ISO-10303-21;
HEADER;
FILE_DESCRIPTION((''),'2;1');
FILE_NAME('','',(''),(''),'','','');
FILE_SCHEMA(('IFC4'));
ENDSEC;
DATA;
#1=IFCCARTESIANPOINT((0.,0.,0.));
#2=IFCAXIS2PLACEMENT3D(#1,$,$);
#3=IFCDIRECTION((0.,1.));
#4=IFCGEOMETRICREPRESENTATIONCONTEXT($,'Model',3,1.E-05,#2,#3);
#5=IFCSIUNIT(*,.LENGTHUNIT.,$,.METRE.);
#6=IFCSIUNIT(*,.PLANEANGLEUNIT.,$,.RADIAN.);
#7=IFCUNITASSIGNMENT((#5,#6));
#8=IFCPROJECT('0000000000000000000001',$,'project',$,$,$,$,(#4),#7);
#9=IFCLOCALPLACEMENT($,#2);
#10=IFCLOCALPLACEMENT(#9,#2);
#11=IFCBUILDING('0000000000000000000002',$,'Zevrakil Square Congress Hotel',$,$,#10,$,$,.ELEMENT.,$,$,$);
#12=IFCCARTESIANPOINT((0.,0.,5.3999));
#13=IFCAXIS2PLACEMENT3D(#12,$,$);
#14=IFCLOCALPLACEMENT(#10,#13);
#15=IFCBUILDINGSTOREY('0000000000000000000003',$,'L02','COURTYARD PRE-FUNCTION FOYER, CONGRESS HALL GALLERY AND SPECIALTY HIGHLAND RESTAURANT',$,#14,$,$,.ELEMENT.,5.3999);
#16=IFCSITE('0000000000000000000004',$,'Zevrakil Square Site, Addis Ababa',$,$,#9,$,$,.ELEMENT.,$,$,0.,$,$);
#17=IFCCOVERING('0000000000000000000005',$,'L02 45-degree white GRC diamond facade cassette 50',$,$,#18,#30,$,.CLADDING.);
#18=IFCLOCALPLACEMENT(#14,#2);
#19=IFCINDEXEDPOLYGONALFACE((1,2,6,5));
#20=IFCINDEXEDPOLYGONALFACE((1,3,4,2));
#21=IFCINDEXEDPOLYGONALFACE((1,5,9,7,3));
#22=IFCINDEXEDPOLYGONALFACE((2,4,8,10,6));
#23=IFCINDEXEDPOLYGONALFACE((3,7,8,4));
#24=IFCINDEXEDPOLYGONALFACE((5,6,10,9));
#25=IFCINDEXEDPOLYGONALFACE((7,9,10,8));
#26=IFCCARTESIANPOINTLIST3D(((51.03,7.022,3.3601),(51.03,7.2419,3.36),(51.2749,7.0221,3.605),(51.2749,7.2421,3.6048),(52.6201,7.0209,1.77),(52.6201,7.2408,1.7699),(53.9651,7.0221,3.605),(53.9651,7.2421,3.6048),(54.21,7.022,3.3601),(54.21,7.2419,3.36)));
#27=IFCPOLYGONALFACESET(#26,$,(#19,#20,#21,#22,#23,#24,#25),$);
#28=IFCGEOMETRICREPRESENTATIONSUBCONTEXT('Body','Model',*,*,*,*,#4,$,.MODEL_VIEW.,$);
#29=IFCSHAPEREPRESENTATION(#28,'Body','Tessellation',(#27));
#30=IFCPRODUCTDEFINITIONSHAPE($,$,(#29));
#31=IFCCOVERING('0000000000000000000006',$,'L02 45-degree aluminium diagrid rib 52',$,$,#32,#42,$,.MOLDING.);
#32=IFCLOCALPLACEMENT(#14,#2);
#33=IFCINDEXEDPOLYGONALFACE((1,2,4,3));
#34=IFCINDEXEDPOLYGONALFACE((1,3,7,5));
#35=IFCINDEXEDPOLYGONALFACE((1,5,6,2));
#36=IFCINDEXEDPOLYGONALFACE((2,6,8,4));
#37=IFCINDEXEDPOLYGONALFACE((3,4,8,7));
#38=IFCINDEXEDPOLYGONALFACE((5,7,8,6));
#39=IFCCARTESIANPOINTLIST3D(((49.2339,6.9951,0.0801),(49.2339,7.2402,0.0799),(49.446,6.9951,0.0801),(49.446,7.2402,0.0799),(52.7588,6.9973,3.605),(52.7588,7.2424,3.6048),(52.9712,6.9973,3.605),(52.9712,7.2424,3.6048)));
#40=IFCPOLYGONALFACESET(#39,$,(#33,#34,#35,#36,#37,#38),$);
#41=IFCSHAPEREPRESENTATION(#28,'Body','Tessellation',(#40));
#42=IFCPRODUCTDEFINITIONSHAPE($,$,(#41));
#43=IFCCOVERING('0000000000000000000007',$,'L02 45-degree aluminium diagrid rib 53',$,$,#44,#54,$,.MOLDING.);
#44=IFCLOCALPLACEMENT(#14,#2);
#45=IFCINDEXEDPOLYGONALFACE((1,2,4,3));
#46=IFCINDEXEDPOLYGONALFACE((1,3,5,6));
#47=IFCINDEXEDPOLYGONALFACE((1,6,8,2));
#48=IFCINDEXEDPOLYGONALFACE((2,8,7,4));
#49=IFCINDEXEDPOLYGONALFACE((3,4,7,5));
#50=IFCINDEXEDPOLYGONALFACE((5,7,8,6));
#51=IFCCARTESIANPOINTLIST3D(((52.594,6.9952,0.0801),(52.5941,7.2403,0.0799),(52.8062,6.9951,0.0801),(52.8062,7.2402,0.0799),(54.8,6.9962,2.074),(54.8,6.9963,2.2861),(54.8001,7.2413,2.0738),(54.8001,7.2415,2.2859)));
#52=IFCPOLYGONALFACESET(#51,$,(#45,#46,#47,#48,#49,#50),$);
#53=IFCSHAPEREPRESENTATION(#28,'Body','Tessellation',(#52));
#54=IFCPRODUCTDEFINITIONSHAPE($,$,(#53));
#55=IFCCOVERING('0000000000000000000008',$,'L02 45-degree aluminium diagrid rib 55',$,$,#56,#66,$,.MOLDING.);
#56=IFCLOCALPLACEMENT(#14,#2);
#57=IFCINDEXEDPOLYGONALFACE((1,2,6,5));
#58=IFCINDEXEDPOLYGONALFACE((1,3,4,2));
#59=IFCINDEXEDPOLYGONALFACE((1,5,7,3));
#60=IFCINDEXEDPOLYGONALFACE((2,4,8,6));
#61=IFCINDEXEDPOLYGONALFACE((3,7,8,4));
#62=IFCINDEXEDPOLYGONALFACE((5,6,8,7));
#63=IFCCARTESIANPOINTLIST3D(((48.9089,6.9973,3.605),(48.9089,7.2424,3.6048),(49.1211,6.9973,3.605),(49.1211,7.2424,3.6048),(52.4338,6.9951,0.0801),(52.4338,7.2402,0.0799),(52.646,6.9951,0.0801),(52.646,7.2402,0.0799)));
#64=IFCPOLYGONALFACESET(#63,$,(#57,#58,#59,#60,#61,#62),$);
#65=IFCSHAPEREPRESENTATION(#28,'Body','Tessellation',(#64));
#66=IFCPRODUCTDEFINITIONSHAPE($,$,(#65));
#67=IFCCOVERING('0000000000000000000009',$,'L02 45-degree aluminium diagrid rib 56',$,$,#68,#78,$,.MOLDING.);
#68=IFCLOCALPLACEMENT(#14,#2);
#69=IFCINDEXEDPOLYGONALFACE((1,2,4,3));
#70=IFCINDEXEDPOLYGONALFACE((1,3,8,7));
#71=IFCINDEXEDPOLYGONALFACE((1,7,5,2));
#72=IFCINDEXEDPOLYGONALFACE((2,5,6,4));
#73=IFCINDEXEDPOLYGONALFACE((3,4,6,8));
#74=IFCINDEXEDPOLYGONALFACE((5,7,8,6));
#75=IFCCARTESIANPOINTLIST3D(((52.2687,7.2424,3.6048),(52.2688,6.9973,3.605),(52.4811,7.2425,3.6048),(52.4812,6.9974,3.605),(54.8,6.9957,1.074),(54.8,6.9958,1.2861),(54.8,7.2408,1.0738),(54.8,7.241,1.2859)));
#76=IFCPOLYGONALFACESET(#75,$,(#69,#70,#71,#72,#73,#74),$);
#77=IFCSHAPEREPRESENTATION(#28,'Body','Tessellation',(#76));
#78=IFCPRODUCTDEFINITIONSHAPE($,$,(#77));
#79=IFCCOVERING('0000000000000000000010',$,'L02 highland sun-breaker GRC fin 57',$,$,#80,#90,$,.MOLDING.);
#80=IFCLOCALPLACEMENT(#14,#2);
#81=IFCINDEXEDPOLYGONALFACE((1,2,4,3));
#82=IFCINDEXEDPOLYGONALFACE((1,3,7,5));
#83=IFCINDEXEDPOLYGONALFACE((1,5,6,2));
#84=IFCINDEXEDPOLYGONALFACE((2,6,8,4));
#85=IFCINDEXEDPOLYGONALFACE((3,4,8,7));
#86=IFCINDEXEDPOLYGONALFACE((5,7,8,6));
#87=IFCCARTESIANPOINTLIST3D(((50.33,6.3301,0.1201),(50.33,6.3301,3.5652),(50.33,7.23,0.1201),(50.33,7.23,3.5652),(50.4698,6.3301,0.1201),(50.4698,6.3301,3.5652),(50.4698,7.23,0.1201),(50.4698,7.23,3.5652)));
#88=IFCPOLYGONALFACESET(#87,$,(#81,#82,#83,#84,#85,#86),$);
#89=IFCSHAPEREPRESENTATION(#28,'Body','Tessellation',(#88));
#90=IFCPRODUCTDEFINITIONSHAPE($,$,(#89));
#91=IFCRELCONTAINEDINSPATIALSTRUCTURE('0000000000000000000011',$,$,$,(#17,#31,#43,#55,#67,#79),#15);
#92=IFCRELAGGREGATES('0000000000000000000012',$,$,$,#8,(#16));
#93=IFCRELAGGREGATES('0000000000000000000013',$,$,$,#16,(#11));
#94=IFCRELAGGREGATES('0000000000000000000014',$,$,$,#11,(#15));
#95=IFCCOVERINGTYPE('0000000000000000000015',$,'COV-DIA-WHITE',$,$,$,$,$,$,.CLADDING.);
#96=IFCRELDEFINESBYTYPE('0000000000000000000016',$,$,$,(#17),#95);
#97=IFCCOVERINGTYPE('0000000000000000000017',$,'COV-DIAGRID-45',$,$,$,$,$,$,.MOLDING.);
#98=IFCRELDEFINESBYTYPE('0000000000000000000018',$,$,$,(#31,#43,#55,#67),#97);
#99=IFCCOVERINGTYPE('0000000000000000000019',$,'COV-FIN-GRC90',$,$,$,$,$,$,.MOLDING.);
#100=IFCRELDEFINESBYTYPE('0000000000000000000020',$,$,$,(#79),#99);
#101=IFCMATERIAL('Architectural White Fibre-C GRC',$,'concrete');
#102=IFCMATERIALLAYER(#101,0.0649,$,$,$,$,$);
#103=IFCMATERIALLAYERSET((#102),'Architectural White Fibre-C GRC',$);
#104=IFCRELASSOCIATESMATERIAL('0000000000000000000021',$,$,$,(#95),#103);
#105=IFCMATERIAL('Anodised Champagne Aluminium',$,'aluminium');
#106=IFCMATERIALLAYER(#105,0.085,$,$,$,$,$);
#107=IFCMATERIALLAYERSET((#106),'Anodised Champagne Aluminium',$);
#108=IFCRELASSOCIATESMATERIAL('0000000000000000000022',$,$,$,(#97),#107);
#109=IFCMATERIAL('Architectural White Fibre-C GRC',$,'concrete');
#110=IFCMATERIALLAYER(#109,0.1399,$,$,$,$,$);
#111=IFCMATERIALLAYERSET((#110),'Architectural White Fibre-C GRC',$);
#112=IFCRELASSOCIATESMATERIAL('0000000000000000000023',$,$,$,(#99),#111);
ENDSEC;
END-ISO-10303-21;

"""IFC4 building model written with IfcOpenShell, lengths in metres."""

from ifc_helpers import new_model, si_unit, direction, frame, origin, origin_2d, place, context, subcontext, project, spatial, polyline, rectangle, outline, extrude, material, layer, layer_set, type_object, element, save


model = new_model("IFC4")

# Units and contexts
model_context = context("Model", 3, precision=1e-05, world=origin(), true_north=direction((0.0, 1.0)))
body_context = subcontext(model_context, "Body", "Model", "MODEL_VIEW")
ifc_project = project(units=[si_unit("LENGTHUNIT", "METRE"), si_unit("PLANEANGLEUNIT", "RADIAN")], contexts=[model_context])

# Site, building, storey
site_placement = place(None, origin())
site = spatial("IfcSite", under=ifc_project, at=site_placement, Name="Zevrakil Square Site, Addis Ababa", CompositionType="ELEMENT", RefElevation=0.0)
building_placement = place(site_placement, origin())
building = spatial("IfcBuilding", under=site, at=building_placement, Name="Zevrakil Square Congress Hotel", CompositionType="ELEMENT")
storey_placement = place(building_placement, frame((0.0, 0.0, 5.3999)))
storey = spatial("IfcBuildingStorey", under=building, at=storey_placement, Name="L02", Description="COURTYARD PRE-FUNCTION FOYER, CONGRESS HALL GALLERY AND SPECIALTY HIGHLAND RESTAURANT", CompositionType="ELEMENT", Elevation=5.3999)

# Coverings
ifc_material_1 = material(Name="Architectural White Fibre-C GRC", Category="concrete")
ifc_layer_1 = layer(ifc_material_1, 0.0649)
ifc_layer_set_1 = layer_set([ifc_layer_1], Name="Architectural White Fibre-C GRC")
covering_type_1 = type_object("IfcCoveringType", Name="COV-DIA-WHITE", PredefinedType="CLADDING", material=ifc_layer_set_1)
covering_1_placement = place(storey_placement, frame((54.21, 7.022, 3.3601), z_axis=(0.0, -1.0, 0.000699), x_axis=(-0.707052, -0.000494, -0.707161)))
element("IfcCovering", 1, at=covering_1_placement, inside=storey, type_object=covering_type_1, Name="L02 45-degree white GRC diamond facade cassette 50", PredefinedType="CLADDING", context=body_context, shape_type="SweptSolid", body=[
    extrude(outline(polyline([(0.0, 0.0), (2.2486, 0.0), (2.2484, -2.2487), (1.9021, -2.2487), (0.0, -0.3463), (0.0, 0.0)])), origin(), (0.0, 0.0, -1.0), 0.22),
])
ifc_material_2 = material(Name="Anodised Champagne Aluminium", Category="aluminium")
ifc_layer_2 = layer(ifc_material_2, 0.085)
ifc_layer_set_2 = layer_set([ifc_layer_2], Name="Anodised Champagne Aluminium")
covering_type_2 = type_object("IfcCoveringType", Name="COV-DIAGRID-45", PredefinedType="MOLDING", material=ifc_layer_set_2)
covering_2_placement = place(storey_placement, frame((49.446, 6.9951, 0.0801), z_axis=(0.0, -1.0, 0.000623), x_axis=(-1.0, 0.0, 0.0)))
element("IfcCovering", 2, at=covering_2_placement, inside=storey, type_object=covering_type_2, Name="L02 45-degree aluminium diagrid rib 52", PredefinedType="MOLDING", context=body_context, shape_type="SweptSolid", body=[
    extrude(outline(polyline([(0.0, 0.0), (0.2122, 0.0), (-3.3127, -3.5249), (-3.5251, -3.5249), (0.0, 0.0)])), origin(), (0.0, 0.0, -1.0), 0.2451),
])
covering_3_placement = place(storey_placement, frame((52.8062, 6.9951, 0.0801), z_axis=(-0.000314, -1.0, 0.000837), x_axis=(-1.0, 0.000314, 0.0)))
element("IfcCovering", 3, at=covering_3_placement, inside=storey, type_object=covering_type_2, Name="L02 45-degree aluminium diagrid rib 53", PredefinedType="MOLDING", context=body_context, shape_type="SweptSolid", body=[
    extrude(outline(polyline([(0.0, 0.0), (0.2122, 0.0), (-1.9939, -2.2061), (-1.9939, -1.9939), (0.0, 0.0)])), origin(), (0.0, 0.0, -1.0), 0.2451),
])
covering_4_placement = place(storey_placement, frame((48.9089, 6.9973, 3.605), z_axis=(0.0, -1.0, 0.000623), x_axis=(1.0, 0.0, 0.0)))
element("IfcCovering", 4, at=covering_4_placement, inside=storey, type_object=covering_type_2, Name="L02 45-degree aluminium diagrid rib 55", PredefinedType="MOLDING", context=body_context, shape_type="SweptSolid", body=[
    extrude(outline(polyline([(0.0, 0.0), (0.2122, 0.0), (3.7371, -3.5249), (3.5249, -3.5249), (0.0, 0.0)])), origin(), (0.0, 0.0, -1.0), 0.2451),
])
covering_5_placement = place(storey_placement, frame((52.2688, 6.9973, 3.605), z_axis=(0.000248, -1.0, 0.000902), x_axis=(1.0, 0.000248, 0.0)))
element("IfcCovering", 5, at=covering_5_placement, inside=storey, type_object=covering_type_2, Name="L02 45-degree aluminium diagrid rib 56", PredefinedType="MOLDING", context=body_context, shape_type="SweptSolid", body=[
    extrude(outline(polyline([(0.0, 0.0), (0.2124, 0.0), (2.5313, -2.3188), (2.5313, -2.531), (0.0, 0.0)])), origin(), (0.0, 0.0, -1.0), 0.2451),
])
ifc_material_3 = material(Name="Architectural White Fibre-C GRC", Category="concrete")
ifc_layer_3 = layer(ifc_material_3, 0.1399)
ifc_layer_set_3 = layer_set([ifc_layer_3], Name="Architectural White Fibre-C GRC")
covering_type_3 = type_object("IfcCoveringType", Name="COV-FIN-GRC90", PredefinedType="MOLDING", material=ifc_layer_set_3)
covering_6_placement = place(storey_placement, frame((50.3999, 6.78, 0.1201), z_axis=(0.0, 0.0, 1.0), x_axis=(0.0, -1.0, 0.0)))
element("IfcCovering", 6, at=covering_6_placement, inside=storey, type_object=covering_type_3, Name="L02 highland sun-breaker GRC fin 57", PredefinedType="MOLDING", context=body_context, shape_type="SweptSolid", body=[
    extrude(rectangle(XDim=0.8999, YDim=0.1399, at=origin_2d()), origin(), (0.0, 0.0, 1.0), 3.4451),
])

save(model, "model.ifc")
